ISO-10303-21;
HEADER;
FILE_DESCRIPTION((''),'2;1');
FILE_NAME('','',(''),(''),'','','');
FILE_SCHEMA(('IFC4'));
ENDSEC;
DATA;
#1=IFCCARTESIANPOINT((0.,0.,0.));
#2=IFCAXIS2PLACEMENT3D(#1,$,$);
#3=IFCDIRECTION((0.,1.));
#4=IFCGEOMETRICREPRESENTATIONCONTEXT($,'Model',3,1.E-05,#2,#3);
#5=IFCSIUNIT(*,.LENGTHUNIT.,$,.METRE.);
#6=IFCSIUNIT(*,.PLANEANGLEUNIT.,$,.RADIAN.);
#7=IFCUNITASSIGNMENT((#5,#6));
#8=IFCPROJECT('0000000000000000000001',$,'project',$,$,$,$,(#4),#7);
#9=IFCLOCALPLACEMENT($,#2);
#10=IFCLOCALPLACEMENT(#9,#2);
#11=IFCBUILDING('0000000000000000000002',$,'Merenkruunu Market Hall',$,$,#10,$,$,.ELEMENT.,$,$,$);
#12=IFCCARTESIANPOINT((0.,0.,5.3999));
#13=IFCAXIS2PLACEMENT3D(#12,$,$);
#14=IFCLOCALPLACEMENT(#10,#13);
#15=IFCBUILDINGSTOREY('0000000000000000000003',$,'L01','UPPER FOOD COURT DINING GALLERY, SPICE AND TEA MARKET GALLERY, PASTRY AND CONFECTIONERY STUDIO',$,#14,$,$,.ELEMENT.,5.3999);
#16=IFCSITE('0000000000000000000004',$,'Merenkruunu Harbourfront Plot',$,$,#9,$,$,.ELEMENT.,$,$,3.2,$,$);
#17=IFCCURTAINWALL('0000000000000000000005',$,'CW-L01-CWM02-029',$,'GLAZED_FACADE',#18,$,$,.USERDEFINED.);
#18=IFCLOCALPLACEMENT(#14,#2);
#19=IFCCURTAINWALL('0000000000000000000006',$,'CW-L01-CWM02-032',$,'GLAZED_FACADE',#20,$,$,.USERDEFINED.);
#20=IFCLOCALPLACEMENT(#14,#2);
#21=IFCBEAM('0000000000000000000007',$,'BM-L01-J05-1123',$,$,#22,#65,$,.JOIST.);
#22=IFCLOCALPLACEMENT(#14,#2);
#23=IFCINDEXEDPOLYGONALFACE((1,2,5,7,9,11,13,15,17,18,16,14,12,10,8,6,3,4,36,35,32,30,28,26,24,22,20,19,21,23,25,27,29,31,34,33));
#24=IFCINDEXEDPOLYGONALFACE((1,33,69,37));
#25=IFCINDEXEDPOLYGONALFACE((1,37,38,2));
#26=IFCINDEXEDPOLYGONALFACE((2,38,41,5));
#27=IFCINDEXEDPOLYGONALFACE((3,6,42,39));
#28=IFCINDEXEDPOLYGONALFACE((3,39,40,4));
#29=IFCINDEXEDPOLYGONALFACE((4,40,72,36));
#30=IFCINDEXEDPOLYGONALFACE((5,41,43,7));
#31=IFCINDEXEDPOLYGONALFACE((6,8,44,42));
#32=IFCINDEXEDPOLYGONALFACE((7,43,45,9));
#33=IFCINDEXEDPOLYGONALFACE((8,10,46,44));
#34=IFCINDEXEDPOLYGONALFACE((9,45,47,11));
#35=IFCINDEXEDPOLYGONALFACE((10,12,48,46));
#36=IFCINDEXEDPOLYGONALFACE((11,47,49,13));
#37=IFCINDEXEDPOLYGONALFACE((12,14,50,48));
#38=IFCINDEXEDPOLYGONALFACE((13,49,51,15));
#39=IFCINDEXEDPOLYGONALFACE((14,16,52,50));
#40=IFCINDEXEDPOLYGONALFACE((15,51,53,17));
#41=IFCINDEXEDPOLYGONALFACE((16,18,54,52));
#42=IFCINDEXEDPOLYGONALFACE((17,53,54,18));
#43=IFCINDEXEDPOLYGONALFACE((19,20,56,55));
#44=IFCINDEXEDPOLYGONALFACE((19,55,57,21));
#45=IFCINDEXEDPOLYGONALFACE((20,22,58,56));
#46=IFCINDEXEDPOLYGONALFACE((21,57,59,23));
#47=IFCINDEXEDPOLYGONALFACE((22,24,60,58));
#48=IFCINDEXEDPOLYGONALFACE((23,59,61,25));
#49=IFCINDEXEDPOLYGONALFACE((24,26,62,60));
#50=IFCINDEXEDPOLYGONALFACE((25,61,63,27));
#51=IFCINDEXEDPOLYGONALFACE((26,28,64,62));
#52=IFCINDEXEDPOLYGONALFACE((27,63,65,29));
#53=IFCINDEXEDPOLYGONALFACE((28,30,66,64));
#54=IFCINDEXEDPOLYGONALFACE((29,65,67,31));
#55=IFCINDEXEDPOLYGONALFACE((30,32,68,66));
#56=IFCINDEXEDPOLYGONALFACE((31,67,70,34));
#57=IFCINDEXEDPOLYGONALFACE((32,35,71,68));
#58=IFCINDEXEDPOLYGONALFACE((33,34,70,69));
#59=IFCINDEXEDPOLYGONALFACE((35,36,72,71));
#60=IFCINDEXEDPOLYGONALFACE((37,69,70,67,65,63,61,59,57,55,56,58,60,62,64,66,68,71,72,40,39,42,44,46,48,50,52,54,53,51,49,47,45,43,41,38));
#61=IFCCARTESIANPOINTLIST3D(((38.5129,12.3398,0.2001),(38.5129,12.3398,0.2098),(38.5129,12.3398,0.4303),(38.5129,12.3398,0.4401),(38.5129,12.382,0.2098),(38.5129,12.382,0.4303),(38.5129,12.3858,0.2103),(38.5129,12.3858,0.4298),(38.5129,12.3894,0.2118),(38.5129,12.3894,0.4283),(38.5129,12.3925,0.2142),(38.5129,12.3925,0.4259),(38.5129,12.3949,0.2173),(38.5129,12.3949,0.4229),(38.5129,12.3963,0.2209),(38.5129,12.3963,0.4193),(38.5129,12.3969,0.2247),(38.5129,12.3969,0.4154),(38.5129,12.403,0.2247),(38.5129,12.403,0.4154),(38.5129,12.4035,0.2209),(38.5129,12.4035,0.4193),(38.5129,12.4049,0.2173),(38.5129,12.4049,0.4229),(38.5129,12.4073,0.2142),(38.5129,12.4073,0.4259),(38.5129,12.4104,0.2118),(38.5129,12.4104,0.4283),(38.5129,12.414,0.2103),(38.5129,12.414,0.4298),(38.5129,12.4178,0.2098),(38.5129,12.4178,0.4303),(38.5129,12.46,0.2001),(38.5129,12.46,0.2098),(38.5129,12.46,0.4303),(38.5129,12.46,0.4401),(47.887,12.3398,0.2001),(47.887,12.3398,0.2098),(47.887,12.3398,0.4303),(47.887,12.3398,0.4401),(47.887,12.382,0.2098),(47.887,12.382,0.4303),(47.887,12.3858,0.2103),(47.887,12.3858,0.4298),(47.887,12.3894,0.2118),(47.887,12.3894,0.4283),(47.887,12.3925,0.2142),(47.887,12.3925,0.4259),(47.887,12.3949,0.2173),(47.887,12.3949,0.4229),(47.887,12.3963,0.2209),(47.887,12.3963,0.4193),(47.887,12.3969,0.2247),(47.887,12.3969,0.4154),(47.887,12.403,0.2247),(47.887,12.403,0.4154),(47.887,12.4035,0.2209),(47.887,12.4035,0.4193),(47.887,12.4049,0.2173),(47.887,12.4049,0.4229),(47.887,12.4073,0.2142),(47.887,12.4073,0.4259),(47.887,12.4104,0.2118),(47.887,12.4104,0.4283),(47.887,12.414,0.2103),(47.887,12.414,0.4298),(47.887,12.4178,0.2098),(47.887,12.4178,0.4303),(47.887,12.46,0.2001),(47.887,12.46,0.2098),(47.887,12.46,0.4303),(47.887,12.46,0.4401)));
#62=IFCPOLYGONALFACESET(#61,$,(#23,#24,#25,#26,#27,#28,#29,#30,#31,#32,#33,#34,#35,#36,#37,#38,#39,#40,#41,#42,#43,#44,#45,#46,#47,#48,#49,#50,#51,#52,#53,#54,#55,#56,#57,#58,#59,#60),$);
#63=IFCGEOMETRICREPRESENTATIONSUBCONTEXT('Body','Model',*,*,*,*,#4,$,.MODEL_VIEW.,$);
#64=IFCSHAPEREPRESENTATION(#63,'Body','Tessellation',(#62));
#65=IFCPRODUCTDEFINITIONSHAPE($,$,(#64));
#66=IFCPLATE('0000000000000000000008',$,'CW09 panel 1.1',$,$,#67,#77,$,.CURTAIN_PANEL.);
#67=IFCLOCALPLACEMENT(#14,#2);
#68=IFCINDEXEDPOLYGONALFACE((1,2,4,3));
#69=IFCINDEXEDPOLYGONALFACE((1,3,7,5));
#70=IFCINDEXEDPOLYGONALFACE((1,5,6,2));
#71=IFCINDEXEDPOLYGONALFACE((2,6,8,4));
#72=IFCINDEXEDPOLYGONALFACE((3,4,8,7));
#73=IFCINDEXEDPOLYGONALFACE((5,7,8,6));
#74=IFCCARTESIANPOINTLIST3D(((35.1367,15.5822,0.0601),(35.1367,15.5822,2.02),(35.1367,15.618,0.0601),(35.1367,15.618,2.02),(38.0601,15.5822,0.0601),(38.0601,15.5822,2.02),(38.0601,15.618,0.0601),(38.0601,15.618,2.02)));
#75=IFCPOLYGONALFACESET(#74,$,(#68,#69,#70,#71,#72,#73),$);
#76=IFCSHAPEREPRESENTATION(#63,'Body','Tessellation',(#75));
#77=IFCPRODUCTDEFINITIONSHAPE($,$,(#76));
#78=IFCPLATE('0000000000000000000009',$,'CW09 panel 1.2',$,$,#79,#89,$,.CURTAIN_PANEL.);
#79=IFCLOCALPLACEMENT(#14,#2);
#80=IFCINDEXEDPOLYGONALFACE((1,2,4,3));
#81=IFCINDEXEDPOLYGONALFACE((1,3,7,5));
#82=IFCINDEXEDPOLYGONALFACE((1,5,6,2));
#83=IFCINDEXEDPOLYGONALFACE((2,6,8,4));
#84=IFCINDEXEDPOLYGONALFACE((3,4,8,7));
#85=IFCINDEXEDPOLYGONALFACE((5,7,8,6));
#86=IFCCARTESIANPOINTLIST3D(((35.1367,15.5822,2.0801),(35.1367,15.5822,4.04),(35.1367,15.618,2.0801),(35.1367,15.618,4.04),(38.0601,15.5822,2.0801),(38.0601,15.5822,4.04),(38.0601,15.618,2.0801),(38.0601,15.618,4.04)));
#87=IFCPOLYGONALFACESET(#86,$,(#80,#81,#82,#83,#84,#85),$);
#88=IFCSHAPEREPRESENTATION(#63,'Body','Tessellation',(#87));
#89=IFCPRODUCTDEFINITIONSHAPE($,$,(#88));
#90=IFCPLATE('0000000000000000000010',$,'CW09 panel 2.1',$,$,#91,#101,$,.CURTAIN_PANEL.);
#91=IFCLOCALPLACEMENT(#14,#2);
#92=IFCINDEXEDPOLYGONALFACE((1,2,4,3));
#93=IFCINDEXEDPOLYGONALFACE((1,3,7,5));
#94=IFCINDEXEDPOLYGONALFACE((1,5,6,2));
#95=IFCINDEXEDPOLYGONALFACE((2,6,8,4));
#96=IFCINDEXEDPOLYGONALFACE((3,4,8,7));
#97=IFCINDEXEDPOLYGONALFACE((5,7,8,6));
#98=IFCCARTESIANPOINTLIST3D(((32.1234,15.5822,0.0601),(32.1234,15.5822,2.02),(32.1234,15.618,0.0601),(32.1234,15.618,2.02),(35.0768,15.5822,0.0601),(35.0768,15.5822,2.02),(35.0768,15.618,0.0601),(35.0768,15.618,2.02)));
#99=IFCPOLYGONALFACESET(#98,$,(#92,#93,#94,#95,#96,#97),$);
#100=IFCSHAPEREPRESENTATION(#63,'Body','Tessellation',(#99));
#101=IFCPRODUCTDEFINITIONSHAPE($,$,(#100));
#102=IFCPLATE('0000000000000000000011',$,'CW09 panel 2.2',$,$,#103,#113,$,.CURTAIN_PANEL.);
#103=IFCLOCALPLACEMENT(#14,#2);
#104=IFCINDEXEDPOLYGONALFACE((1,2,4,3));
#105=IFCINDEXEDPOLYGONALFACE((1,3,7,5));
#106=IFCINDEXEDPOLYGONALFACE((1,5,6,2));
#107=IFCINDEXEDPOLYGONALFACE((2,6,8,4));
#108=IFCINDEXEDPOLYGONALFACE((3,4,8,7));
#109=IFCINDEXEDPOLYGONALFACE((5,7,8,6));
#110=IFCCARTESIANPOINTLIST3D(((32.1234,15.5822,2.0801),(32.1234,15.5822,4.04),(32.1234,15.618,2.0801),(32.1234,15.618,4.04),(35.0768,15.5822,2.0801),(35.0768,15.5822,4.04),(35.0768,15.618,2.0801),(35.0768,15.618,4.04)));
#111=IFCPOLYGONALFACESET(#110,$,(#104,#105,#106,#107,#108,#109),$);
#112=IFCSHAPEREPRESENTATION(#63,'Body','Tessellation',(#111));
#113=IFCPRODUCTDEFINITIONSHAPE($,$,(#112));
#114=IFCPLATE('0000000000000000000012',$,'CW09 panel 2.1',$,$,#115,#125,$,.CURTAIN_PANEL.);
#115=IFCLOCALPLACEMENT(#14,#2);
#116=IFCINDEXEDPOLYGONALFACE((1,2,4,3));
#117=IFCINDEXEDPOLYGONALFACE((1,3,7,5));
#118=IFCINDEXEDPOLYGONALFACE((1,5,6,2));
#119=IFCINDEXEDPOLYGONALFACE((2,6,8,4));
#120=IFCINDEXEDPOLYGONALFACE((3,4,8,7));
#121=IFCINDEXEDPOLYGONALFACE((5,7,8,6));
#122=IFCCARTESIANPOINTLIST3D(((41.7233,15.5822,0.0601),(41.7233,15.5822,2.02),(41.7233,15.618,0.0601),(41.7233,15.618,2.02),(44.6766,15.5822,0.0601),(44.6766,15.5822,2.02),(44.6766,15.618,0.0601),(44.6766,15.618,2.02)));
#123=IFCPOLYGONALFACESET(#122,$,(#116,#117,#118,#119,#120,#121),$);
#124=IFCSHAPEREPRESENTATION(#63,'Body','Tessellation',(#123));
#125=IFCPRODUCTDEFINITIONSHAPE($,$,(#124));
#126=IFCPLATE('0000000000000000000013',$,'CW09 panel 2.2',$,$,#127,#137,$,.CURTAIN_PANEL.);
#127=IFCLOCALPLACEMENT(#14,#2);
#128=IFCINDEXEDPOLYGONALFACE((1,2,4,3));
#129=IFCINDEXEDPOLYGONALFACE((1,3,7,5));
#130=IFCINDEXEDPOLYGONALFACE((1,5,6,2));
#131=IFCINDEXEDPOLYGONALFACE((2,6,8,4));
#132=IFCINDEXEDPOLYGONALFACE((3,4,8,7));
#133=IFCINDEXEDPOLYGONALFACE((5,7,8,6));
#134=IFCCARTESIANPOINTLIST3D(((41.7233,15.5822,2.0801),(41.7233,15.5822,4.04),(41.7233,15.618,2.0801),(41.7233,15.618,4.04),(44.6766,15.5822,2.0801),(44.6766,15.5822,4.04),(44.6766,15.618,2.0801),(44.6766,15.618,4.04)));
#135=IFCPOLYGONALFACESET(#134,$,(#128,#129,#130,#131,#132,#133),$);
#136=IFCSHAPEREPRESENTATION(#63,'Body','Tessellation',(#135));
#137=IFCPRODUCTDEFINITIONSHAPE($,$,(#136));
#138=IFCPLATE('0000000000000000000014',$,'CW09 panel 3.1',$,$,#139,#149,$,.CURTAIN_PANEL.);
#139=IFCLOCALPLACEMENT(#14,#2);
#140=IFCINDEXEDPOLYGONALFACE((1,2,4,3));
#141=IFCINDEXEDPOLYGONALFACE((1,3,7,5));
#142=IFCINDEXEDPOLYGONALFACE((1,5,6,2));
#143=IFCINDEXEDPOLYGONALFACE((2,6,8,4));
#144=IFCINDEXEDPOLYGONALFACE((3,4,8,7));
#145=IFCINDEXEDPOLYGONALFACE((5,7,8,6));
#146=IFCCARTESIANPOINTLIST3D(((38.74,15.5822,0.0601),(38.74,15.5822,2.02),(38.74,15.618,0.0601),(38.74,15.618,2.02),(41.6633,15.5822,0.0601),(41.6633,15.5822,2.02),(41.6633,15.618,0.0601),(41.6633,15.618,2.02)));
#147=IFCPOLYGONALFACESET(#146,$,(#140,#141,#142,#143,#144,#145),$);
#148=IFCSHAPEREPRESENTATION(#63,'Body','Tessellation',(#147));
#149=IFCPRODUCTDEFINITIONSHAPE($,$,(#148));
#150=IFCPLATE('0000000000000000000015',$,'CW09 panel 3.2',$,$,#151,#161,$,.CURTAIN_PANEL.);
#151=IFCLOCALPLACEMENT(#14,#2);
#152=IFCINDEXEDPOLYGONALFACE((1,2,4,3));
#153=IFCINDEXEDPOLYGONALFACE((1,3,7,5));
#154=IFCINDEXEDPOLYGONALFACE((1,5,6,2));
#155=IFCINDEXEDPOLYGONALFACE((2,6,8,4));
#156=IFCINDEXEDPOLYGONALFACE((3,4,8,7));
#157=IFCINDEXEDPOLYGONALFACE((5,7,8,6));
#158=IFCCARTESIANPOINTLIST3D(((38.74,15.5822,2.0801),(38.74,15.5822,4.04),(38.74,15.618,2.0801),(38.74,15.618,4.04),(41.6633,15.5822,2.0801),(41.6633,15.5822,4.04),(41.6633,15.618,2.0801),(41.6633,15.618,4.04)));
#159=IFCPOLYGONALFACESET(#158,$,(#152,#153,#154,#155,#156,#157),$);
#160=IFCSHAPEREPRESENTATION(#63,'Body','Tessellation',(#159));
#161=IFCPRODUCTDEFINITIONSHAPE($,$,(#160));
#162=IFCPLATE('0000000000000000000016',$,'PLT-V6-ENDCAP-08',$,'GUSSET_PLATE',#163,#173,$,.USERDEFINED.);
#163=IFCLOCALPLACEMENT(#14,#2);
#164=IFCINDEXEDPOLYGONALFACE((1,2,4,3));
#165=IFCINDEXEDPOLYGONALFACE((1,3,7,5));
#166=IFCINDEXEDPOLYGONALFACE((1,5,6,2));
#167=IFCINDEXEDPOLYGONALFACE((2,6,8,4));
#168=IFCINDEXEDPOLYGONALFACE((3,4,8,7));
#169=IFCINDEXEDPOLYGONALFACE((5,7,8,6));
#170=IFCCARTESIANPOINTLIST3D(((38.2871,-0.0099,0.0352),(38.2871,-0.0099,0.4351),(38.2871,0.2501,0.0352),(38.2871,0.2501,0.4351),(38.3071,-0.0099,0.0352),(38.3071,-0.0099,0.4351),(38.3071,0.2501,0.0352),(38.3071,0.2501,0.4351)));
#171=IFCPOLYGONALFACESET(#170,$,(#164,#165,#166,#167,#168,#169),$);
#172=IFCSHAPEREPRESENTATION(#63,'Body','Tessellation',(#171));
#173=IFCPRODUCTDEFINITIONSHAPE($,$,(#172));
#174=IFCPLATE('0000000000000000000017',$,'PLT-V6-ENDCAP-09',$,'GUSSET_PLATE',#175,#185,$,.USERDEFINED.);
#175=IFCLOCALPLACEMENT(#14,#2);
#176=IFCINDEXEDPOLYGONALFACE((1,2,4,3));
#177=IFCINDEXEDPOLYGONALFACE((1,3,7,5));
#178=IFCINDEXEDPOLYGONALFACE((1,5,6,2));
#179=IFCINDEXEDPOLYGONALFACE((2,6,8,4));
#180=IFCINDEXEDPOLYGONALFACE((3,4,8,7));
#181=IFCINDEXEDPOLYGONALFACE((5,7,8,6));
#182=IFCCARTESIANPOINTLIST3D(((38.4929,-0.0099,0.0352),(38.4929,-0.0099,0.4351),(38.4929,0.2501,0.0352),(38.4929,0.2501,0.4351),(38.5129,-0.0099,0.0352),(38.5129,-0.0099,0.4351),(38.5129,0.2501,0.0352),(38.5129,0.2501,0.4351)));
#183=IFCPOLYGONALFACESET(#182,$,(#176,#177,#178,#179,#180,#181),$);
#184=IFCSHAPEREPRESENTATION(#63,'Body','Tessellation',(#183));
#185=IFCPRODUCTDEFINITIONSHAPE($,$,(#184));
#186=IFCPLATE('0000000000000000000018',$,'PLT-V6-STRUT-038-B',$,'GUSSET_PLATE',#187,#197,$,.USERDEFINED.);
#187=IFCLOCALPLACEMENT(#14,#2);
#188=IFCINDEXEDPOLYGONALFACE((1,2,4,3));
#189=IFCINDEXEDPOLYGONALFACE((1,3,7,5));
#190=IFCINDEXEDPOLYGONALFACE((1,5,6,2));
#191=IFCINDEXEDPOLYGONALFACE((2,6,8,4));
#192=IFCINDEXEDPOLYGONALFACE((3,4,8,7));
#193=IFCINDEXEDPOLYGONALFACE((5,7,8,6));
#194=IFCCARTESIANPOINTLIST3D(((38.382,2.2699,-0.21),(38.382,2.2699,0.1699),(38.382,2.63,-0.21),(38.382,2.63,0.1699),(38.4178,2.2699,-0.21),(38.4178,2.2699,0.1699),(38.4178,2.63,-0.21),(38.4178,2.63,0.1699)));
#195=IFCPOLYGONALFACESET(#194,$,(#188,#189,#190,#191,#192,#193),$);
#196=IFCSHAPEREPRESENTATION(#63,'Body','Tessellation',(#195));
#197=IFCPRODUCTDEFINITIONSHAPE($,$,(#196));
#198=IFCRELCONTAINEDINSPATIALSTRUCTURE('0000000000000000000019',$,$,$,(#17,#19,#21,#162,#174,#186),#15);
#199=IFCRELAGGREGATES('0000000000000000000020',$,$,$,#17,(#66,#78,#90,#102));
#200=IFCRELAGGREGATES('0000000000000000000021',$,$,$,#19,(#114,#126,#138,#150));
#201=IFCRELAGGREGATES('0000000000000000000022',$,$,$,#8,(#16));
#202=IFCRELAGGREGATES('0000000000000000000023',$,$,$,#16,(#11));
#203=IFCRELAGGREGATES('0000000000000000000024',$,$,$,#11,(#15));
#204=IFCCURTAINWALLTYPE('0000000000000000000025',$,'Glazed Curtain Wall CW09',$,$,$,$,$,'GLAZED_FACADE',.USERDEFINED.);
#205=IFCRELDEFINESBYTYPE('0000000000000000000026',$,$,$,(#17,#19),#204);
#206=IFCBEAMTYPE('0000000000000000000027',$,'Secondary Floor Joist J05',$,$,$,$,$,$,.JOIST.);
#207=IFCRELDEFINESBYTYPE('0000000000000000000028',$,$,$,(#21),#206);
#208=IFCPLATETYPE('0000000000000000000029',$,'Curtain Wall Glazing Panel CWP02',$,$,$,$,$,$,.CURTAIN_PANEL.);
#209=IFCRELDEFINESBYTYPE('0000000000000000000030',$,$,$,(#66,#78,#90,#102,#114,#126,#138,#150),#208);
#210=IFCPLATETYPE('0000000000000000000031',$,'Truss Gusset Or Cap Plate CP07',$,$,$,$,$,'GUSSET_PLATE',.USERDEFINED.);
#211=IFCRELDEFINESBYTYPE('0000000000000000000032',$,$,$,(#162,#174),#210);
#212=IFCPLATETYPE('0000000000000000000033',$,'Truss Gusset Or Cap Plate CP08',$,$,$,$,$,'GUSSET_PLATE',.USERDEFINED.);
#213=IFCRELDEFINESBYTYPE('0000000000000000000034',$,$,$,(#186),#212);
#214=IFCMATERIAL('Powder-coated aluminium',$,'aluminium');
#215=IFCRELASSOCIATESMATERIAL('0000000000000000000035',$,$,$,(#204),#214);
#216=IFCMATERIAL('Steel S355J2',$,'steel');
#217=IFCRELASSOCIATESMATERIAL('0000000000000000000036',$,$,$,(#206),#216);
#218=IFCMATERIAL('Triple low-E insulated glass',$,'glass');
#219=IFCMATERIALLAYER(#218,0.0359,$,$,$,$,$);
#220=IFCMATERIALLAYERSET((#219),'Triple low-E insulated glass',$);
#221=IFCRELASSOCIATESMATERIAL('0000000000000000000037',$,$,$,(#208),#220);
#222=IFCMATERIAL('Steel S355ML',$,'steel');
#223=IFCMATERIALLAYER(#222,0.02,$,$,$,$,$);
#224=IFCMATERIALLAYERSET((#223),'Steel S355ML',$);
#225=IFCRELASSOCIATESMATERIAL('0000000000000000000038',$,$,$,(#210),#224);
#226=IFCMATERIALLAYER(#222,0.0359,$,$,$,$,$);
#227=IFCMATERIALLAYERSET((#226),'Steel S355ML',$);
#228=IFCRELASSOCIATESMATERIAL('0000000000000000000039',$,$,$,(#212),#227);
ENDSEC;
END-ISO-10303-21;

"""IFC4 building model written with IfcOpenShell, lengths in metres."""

from ifc_helpers import new_model, si_unit, direction, frame, origin, origin_2d, place, context, subcontext, project, spatial, rectangle, i_section, extrude, material, layer, layer_set, material_profile, profile_set, type_object, element, aggregate, save


model = new_model("IFC4")

# Units and contexts
model_context = context("Model", 3, precision=1e-05, world=origin(), true_north=direction((0.0, 1.0)))
body_context = subcontext(model_context, "Body", "Model", "MODEL_VIEW")
ifc_project = project(units=[si_unit("LENGTHUNIT", "METRE"), si_unit("PLANEANGLEUNIT", "RADIAN")], contexts=[model_context])

# Site, building, storey
site_placement = place(None, origin())
site = spatial("IfcSite", under=ifc_project, at=site_placement, Name="Merenkruunu Harbourfront Plot", CompositionType="ELEMENT", RefElevation=3.2)
building_placement = place(site_placement, origin())
building = spatial("IfcBuilding", under=site, at=building_placement, Name="Merenkruunu Market Hall", CompositionType="ELEMENT")
storey_placement = place(building_placement, frame((0.0, 0.0, 5.3999)))
storey = spatial("IfcBuildingStorey", under=building, at=storey_placement, Name="L01", Description="UPPER FOOD COURT DINING GALLERY, SPICE AND TEA MARKET GALLERY, PASTRY AND CONFECTIONERY STUDIO", CompositionType="ELEMENT", Elevation=5.3999)

# Shared definitions
ifc_material_1 = material(Name="Steel S355J2", Category="steel")

# Curtain walls
ifc_material_2 = material(Name="Powder-coated aluminium", Category="aluminium")
curtain_wall_type = type_object("IfcCurtainWallType", Name="Glazed Curtain Wall CW09", ElementType="GLAZED_FACADE", PredefinedType="USERDEFINED", material=ifc_material_2)
curtain_wall_1_placement = place(storey_placement, origin())
curtain_wall_1 = element("IfcCurtainWall", 1, at=curtain_wall_1_placement, inside=storey, type_object=curtain_wall_type, Name="CW-L01-CWM02-029", ObjectType="GLAZED_FACADE", PredefinedType="USERDEFINED")
curtain_wall_2_placement = place(storey_placement, origin())
curtain_wall_2 = element("IfcCurtainWall", 2, at=curtain_wall_2_placement, inside=storey, type_object=curtain_wall_type, Name="CW-L01-CWM02-032", ObjectType="GLAZED_FACADE", PredefinedType="USERDEFINED")

# Beam
ifc_material_3 = material(Name="Steel S355ML", Category="steel")
ifc_material_profile_1 = material_profile(ifc_material_1, i_section(OverallWidth=0.1201, OverallDepth=0.24, WebThickness=0.0061, FlangeThickness=0.0098, FilletRadius=0.0149, at=origin_2d()), Name="IPE 240")
ifc_profile_set_1 = profile_set([ifc_material_profile_1], Name="Steel S355J2")
beam_type_1 = type_object("IfcBeamType", Name="Secondary Floor Joist J05", PredefinedType="JOIST", material=ifc_profile_set_1)
for number, where, z_axis, x_axis, name in (
    (3, (38.5129, 12.3999, 0.3201), (1.0, 0.0, 0.0), (0.0, 1.0, 0.0), "BM-L01-J05-1123"),
):
    element("IfcBeam", number, at=place(storey_placement, frame(where, z_axis=z_axis, x_axis=x_axis)), inside=storey, type_object=beam_type_1, Name=name, PredefinedType="JOIST", context=body_context, shape_type="SweptSolid", body=[
        extrude(i_section(OverallWidth=0.1201, OverallDepth=0.24, WebThickness=0.0061, FlangeThickness=0.0098, FilletRadius=0.0149, at=origin_2d()), origin(), (0.0, 0.0, 1.0), 9.374),
    ])

# Plates
ifc_material_4 = material(Name="Triple low-E insulated glass", Category="glass")
ifc_layer_1 = layer(ifc_material_4, 0.0359)
ifc_layer_set_1 = layer_set([ifc_layer_1], Name="Triple low-E insulated glass")
plate_type_1 = type_object("IfcPlateType", Name="Curtain Wall Glazing Panel CWP02", PredefinedType="CURTAIN_PANEL", material=ifc_layer_set_1)
plate_1_placement = place(storey_placement, frame((36.5984, 15.6001, 0.0601), z_axis=(0.0, 0.0, 1.0), x_axis=(-1.0, 0.0, 0.0)))
plate_1 = element("IfcPlate", 4, at=plate_1_placement, type_object=plate_type_1, Name="CW09 panel 1.1", PredefinedType="CURTAIN_PANEL", context=body_context, shape_type="SweptSolid", body=[
    extrude(rectangle(XDim=2.9233, YDim=0.0359, at=origin_2d()), origin(), (0.0, 0.0, 1.0), 1.96),
])
plate_2_placement = place(storey_placement, frame((36.5984, 15.6001, 2.0801), z_axis=(0.0, 0.0, 1.0), x_axis=(-1.0, 0.0, 0.0)))
plate_2 = element("IfcPlate", 5, at=plate_2_placement, type_object=plate_type_1, Name="CW09 panel 1.2", PredefinedType="CURTAIN_PANEL", context=body_context, shape_type="SweptSolid", body=[
    extrude(rectangle(XDim=2.9233, YDim=0.0359, at=origin_2d()), origin(), (0.0, 0.0, 1.0), 1.96),
])
plate_3_placement = place(storey_placement, frame((33.6001, 15.6001, 0.0601), z_axis=(0.0, 0.0, 1.0), x_axis=(-1.0, 0.0, 0.0)))
plate_3 = element("IfcPlate", 6, at=plate_3_placement, type_object=plate_type_1, Name="CW09 panel 2.1", PredefinedType="CURTAIN_PANEL", context=body_context, shape_type="SweptSolid", body=[
    extrude(rectangle(XDim=2.9534, YDim=0.0359, at=origin_2d()), origin(), (0.0, 0.0, 1.0), 1.96),
])
plate_4_placement = place(storey_placement, frame((33.6001, 15.6001, 2.0801), z_axis=(0.0, 0.0, 1.0), x_axis=(-1.0, 0.0, 0.0)))
plate_4 = element("IfcPlate", 7, at=plate_4_placement, type_object=plate_type_1, Name="CW09 panel 2.2", PredefinedType="CURTAIN_PANEL", context=body_context, shape_type="SweptSolid", body=[
    extrude(rectangle(XDim=2.9534, YDim=0.0359, at=origin_2d()), origin(), (0.0, 0.0, 1.0), 1.96),
])
aggregate(curtain_wall_1, [plate_1, plate_2, plate_3, plate_4])
plate_5_placement = place(storey_placement, frame((43.2, 15.6001, 0.0601), z_axis=(0.0, 0.0, 1.0), x_axis=(-1.0, 0.0, 0.0)))
plate_5 = element("IfcPlate", 8, at=plate_5_placement, type_object=plate_type_1, Name="CW09 panel 2.1", PredefinedType="CURTAIN_PANEL", context=body_context, shape_type="SweptSolid", body=[
    extrude(rectangle(XDim=2.9534, YDim=0.0359, at=origin_2d()), origin(), (0.0, 0.0, 1.0), 1.96),
])
plate_6_placement = place(storey_placement, frame((43.2, 15.6001, 2.0801), z_axis=(0.0, 0.0, 1.0), x_axis=(-1.0, 0.0, 0.0)))
plate_6 = element("IfcPlate", 9, at=plate_6_placement, type_object=plate_type_1, Name="CW09 panel 2.2", PredefinedType="CURTAIN_PANEL", context=body_context, shape_type="SweptSolid", body=[
    extrude(rectangle(XDim=2.9534, YDim=0.0359, at=origin_2d()), origin(), (0.0, 0.0, 1.0), 1.96),
])
plate_7_placement = place(storey_placement, frame((40.2017, 15.6001, 0.0601), z_axis=(0.0, 0.0, 1.0), x_axis=(-1.0, 0.0, 0.0)))
plate_7 = element("IfcPlate", 10, at=plate_7_placement, type_object=plate_type_1, Name="CW09 panel 3.1", PredefinedType="CURTAIN_PANEL", context=body_context, shape_type="SweptSolid", body=[
    extrude(rectangle(XDim=2.9233, YDim=0.0359, at=origin_2d()), origin(), (0.0, 0.0, 1.0), 1.96),
])
plate_8_placement = place(storey_placement, frame((40.2017, 15.6001, 2.0801), z_axis=(0.0, 0.0, 1.0), x_axis=(-1.0, 0.0, 0.0)))
plate_8 = element("IfcPlate", 11, at=plate_8_placement, type_object=plate_type_1, Name="CW09 panel 3.2", PredefinedType="CURTAIN_PANEL", context=body_context, shape_type="SweptSolid", body=[
    extrude(rectangle(XDim=2.9233, YDim=0.0359, at=origin_2d()), origin(), (0.0, 0.0, 1.0), 1.96),
])
aggregate(curtain_wall_2, [plate_5, plate_6, plate_7, plate_8])

# Plates
ifc_layer_2 = layer(ifc_material_3, 0.02)
ifc_layer_set_2 = layer_set([ifc_layer_2], Name="Steel S355ML")
plate_type_2 = type_object("IfcPlateType", Name="Truss Gusset Or Cap Plate CP07", ElementType="GUSSET_PLATE", PredefinedType="USERDEFINED", material=ifc_layer_set_2)
for number, where, z_axis, x_axis, name in (
    (12, (38.2971, 0.1201, 0.0352), (0.0, 0.0, 1.0), (1.0, 0.0, 0.0), "PLT-V6-ENDCAP-08"),
    (13, (38.5029, 0.1201, 0.0352), (0.0, 0.0, 1.0), (1.0, 0.0, 0.0), "PLT-V6-ENDCAP-09"),
):
    element("IfcPlate", number, at=place(storey_placement, frame(where, z_axis=z_axis, x_axis=x_axis)), inside=storey, type_object=plate_type_2, Name=name, ObjectType="GUSSET_PLATE", PredefinedType="USERDEFINED", context=body_context, shape_type="SweptSolid", body=[
        extrude(rectangle(XDim=0.02, YDim=0.26, at=origin_2d()), origin(), (0.0, 0.0, 1.0), 0.3999),
    ])
ifc_layer_3 = layer(ifc_material_3, 0.0359)
ifc_layer_set_3 = layer_set([ifc_layer_3], Name="Steel S355ML")
plate_type_3 = type_object("IfcPlateType", Name="Truss Gusset Or Cap Plate CP08", ElementType="GUSSET_PLATE", PredefinedType="USERDEFINED", material=ifc_layer_set_3)
plate_9_placement = place(storey_placement, frame((38.3999, 2.45, -0.21), z_axis=(0.0, 0.0, 1.0), x_axis=(1.0, 0.0, 0.0)))
element("IfcPlate", 14, at=plate_9_placement, inside=storey, type_object=plate_type_3, Name="PLT-V6-STRUT-038-B", ObjectType="GUSSET_PLATE", PredefinedType="USERDEFINED", context=body_context, shape_type="SweptSolid", body=[
    extrude(rectangle(XDim=0.0359, YDim=0.3601, at=origin_2d()), origin(), (0.0, 0.0, 1.0), 0.3799),
])

save(model, "model.ifc")
